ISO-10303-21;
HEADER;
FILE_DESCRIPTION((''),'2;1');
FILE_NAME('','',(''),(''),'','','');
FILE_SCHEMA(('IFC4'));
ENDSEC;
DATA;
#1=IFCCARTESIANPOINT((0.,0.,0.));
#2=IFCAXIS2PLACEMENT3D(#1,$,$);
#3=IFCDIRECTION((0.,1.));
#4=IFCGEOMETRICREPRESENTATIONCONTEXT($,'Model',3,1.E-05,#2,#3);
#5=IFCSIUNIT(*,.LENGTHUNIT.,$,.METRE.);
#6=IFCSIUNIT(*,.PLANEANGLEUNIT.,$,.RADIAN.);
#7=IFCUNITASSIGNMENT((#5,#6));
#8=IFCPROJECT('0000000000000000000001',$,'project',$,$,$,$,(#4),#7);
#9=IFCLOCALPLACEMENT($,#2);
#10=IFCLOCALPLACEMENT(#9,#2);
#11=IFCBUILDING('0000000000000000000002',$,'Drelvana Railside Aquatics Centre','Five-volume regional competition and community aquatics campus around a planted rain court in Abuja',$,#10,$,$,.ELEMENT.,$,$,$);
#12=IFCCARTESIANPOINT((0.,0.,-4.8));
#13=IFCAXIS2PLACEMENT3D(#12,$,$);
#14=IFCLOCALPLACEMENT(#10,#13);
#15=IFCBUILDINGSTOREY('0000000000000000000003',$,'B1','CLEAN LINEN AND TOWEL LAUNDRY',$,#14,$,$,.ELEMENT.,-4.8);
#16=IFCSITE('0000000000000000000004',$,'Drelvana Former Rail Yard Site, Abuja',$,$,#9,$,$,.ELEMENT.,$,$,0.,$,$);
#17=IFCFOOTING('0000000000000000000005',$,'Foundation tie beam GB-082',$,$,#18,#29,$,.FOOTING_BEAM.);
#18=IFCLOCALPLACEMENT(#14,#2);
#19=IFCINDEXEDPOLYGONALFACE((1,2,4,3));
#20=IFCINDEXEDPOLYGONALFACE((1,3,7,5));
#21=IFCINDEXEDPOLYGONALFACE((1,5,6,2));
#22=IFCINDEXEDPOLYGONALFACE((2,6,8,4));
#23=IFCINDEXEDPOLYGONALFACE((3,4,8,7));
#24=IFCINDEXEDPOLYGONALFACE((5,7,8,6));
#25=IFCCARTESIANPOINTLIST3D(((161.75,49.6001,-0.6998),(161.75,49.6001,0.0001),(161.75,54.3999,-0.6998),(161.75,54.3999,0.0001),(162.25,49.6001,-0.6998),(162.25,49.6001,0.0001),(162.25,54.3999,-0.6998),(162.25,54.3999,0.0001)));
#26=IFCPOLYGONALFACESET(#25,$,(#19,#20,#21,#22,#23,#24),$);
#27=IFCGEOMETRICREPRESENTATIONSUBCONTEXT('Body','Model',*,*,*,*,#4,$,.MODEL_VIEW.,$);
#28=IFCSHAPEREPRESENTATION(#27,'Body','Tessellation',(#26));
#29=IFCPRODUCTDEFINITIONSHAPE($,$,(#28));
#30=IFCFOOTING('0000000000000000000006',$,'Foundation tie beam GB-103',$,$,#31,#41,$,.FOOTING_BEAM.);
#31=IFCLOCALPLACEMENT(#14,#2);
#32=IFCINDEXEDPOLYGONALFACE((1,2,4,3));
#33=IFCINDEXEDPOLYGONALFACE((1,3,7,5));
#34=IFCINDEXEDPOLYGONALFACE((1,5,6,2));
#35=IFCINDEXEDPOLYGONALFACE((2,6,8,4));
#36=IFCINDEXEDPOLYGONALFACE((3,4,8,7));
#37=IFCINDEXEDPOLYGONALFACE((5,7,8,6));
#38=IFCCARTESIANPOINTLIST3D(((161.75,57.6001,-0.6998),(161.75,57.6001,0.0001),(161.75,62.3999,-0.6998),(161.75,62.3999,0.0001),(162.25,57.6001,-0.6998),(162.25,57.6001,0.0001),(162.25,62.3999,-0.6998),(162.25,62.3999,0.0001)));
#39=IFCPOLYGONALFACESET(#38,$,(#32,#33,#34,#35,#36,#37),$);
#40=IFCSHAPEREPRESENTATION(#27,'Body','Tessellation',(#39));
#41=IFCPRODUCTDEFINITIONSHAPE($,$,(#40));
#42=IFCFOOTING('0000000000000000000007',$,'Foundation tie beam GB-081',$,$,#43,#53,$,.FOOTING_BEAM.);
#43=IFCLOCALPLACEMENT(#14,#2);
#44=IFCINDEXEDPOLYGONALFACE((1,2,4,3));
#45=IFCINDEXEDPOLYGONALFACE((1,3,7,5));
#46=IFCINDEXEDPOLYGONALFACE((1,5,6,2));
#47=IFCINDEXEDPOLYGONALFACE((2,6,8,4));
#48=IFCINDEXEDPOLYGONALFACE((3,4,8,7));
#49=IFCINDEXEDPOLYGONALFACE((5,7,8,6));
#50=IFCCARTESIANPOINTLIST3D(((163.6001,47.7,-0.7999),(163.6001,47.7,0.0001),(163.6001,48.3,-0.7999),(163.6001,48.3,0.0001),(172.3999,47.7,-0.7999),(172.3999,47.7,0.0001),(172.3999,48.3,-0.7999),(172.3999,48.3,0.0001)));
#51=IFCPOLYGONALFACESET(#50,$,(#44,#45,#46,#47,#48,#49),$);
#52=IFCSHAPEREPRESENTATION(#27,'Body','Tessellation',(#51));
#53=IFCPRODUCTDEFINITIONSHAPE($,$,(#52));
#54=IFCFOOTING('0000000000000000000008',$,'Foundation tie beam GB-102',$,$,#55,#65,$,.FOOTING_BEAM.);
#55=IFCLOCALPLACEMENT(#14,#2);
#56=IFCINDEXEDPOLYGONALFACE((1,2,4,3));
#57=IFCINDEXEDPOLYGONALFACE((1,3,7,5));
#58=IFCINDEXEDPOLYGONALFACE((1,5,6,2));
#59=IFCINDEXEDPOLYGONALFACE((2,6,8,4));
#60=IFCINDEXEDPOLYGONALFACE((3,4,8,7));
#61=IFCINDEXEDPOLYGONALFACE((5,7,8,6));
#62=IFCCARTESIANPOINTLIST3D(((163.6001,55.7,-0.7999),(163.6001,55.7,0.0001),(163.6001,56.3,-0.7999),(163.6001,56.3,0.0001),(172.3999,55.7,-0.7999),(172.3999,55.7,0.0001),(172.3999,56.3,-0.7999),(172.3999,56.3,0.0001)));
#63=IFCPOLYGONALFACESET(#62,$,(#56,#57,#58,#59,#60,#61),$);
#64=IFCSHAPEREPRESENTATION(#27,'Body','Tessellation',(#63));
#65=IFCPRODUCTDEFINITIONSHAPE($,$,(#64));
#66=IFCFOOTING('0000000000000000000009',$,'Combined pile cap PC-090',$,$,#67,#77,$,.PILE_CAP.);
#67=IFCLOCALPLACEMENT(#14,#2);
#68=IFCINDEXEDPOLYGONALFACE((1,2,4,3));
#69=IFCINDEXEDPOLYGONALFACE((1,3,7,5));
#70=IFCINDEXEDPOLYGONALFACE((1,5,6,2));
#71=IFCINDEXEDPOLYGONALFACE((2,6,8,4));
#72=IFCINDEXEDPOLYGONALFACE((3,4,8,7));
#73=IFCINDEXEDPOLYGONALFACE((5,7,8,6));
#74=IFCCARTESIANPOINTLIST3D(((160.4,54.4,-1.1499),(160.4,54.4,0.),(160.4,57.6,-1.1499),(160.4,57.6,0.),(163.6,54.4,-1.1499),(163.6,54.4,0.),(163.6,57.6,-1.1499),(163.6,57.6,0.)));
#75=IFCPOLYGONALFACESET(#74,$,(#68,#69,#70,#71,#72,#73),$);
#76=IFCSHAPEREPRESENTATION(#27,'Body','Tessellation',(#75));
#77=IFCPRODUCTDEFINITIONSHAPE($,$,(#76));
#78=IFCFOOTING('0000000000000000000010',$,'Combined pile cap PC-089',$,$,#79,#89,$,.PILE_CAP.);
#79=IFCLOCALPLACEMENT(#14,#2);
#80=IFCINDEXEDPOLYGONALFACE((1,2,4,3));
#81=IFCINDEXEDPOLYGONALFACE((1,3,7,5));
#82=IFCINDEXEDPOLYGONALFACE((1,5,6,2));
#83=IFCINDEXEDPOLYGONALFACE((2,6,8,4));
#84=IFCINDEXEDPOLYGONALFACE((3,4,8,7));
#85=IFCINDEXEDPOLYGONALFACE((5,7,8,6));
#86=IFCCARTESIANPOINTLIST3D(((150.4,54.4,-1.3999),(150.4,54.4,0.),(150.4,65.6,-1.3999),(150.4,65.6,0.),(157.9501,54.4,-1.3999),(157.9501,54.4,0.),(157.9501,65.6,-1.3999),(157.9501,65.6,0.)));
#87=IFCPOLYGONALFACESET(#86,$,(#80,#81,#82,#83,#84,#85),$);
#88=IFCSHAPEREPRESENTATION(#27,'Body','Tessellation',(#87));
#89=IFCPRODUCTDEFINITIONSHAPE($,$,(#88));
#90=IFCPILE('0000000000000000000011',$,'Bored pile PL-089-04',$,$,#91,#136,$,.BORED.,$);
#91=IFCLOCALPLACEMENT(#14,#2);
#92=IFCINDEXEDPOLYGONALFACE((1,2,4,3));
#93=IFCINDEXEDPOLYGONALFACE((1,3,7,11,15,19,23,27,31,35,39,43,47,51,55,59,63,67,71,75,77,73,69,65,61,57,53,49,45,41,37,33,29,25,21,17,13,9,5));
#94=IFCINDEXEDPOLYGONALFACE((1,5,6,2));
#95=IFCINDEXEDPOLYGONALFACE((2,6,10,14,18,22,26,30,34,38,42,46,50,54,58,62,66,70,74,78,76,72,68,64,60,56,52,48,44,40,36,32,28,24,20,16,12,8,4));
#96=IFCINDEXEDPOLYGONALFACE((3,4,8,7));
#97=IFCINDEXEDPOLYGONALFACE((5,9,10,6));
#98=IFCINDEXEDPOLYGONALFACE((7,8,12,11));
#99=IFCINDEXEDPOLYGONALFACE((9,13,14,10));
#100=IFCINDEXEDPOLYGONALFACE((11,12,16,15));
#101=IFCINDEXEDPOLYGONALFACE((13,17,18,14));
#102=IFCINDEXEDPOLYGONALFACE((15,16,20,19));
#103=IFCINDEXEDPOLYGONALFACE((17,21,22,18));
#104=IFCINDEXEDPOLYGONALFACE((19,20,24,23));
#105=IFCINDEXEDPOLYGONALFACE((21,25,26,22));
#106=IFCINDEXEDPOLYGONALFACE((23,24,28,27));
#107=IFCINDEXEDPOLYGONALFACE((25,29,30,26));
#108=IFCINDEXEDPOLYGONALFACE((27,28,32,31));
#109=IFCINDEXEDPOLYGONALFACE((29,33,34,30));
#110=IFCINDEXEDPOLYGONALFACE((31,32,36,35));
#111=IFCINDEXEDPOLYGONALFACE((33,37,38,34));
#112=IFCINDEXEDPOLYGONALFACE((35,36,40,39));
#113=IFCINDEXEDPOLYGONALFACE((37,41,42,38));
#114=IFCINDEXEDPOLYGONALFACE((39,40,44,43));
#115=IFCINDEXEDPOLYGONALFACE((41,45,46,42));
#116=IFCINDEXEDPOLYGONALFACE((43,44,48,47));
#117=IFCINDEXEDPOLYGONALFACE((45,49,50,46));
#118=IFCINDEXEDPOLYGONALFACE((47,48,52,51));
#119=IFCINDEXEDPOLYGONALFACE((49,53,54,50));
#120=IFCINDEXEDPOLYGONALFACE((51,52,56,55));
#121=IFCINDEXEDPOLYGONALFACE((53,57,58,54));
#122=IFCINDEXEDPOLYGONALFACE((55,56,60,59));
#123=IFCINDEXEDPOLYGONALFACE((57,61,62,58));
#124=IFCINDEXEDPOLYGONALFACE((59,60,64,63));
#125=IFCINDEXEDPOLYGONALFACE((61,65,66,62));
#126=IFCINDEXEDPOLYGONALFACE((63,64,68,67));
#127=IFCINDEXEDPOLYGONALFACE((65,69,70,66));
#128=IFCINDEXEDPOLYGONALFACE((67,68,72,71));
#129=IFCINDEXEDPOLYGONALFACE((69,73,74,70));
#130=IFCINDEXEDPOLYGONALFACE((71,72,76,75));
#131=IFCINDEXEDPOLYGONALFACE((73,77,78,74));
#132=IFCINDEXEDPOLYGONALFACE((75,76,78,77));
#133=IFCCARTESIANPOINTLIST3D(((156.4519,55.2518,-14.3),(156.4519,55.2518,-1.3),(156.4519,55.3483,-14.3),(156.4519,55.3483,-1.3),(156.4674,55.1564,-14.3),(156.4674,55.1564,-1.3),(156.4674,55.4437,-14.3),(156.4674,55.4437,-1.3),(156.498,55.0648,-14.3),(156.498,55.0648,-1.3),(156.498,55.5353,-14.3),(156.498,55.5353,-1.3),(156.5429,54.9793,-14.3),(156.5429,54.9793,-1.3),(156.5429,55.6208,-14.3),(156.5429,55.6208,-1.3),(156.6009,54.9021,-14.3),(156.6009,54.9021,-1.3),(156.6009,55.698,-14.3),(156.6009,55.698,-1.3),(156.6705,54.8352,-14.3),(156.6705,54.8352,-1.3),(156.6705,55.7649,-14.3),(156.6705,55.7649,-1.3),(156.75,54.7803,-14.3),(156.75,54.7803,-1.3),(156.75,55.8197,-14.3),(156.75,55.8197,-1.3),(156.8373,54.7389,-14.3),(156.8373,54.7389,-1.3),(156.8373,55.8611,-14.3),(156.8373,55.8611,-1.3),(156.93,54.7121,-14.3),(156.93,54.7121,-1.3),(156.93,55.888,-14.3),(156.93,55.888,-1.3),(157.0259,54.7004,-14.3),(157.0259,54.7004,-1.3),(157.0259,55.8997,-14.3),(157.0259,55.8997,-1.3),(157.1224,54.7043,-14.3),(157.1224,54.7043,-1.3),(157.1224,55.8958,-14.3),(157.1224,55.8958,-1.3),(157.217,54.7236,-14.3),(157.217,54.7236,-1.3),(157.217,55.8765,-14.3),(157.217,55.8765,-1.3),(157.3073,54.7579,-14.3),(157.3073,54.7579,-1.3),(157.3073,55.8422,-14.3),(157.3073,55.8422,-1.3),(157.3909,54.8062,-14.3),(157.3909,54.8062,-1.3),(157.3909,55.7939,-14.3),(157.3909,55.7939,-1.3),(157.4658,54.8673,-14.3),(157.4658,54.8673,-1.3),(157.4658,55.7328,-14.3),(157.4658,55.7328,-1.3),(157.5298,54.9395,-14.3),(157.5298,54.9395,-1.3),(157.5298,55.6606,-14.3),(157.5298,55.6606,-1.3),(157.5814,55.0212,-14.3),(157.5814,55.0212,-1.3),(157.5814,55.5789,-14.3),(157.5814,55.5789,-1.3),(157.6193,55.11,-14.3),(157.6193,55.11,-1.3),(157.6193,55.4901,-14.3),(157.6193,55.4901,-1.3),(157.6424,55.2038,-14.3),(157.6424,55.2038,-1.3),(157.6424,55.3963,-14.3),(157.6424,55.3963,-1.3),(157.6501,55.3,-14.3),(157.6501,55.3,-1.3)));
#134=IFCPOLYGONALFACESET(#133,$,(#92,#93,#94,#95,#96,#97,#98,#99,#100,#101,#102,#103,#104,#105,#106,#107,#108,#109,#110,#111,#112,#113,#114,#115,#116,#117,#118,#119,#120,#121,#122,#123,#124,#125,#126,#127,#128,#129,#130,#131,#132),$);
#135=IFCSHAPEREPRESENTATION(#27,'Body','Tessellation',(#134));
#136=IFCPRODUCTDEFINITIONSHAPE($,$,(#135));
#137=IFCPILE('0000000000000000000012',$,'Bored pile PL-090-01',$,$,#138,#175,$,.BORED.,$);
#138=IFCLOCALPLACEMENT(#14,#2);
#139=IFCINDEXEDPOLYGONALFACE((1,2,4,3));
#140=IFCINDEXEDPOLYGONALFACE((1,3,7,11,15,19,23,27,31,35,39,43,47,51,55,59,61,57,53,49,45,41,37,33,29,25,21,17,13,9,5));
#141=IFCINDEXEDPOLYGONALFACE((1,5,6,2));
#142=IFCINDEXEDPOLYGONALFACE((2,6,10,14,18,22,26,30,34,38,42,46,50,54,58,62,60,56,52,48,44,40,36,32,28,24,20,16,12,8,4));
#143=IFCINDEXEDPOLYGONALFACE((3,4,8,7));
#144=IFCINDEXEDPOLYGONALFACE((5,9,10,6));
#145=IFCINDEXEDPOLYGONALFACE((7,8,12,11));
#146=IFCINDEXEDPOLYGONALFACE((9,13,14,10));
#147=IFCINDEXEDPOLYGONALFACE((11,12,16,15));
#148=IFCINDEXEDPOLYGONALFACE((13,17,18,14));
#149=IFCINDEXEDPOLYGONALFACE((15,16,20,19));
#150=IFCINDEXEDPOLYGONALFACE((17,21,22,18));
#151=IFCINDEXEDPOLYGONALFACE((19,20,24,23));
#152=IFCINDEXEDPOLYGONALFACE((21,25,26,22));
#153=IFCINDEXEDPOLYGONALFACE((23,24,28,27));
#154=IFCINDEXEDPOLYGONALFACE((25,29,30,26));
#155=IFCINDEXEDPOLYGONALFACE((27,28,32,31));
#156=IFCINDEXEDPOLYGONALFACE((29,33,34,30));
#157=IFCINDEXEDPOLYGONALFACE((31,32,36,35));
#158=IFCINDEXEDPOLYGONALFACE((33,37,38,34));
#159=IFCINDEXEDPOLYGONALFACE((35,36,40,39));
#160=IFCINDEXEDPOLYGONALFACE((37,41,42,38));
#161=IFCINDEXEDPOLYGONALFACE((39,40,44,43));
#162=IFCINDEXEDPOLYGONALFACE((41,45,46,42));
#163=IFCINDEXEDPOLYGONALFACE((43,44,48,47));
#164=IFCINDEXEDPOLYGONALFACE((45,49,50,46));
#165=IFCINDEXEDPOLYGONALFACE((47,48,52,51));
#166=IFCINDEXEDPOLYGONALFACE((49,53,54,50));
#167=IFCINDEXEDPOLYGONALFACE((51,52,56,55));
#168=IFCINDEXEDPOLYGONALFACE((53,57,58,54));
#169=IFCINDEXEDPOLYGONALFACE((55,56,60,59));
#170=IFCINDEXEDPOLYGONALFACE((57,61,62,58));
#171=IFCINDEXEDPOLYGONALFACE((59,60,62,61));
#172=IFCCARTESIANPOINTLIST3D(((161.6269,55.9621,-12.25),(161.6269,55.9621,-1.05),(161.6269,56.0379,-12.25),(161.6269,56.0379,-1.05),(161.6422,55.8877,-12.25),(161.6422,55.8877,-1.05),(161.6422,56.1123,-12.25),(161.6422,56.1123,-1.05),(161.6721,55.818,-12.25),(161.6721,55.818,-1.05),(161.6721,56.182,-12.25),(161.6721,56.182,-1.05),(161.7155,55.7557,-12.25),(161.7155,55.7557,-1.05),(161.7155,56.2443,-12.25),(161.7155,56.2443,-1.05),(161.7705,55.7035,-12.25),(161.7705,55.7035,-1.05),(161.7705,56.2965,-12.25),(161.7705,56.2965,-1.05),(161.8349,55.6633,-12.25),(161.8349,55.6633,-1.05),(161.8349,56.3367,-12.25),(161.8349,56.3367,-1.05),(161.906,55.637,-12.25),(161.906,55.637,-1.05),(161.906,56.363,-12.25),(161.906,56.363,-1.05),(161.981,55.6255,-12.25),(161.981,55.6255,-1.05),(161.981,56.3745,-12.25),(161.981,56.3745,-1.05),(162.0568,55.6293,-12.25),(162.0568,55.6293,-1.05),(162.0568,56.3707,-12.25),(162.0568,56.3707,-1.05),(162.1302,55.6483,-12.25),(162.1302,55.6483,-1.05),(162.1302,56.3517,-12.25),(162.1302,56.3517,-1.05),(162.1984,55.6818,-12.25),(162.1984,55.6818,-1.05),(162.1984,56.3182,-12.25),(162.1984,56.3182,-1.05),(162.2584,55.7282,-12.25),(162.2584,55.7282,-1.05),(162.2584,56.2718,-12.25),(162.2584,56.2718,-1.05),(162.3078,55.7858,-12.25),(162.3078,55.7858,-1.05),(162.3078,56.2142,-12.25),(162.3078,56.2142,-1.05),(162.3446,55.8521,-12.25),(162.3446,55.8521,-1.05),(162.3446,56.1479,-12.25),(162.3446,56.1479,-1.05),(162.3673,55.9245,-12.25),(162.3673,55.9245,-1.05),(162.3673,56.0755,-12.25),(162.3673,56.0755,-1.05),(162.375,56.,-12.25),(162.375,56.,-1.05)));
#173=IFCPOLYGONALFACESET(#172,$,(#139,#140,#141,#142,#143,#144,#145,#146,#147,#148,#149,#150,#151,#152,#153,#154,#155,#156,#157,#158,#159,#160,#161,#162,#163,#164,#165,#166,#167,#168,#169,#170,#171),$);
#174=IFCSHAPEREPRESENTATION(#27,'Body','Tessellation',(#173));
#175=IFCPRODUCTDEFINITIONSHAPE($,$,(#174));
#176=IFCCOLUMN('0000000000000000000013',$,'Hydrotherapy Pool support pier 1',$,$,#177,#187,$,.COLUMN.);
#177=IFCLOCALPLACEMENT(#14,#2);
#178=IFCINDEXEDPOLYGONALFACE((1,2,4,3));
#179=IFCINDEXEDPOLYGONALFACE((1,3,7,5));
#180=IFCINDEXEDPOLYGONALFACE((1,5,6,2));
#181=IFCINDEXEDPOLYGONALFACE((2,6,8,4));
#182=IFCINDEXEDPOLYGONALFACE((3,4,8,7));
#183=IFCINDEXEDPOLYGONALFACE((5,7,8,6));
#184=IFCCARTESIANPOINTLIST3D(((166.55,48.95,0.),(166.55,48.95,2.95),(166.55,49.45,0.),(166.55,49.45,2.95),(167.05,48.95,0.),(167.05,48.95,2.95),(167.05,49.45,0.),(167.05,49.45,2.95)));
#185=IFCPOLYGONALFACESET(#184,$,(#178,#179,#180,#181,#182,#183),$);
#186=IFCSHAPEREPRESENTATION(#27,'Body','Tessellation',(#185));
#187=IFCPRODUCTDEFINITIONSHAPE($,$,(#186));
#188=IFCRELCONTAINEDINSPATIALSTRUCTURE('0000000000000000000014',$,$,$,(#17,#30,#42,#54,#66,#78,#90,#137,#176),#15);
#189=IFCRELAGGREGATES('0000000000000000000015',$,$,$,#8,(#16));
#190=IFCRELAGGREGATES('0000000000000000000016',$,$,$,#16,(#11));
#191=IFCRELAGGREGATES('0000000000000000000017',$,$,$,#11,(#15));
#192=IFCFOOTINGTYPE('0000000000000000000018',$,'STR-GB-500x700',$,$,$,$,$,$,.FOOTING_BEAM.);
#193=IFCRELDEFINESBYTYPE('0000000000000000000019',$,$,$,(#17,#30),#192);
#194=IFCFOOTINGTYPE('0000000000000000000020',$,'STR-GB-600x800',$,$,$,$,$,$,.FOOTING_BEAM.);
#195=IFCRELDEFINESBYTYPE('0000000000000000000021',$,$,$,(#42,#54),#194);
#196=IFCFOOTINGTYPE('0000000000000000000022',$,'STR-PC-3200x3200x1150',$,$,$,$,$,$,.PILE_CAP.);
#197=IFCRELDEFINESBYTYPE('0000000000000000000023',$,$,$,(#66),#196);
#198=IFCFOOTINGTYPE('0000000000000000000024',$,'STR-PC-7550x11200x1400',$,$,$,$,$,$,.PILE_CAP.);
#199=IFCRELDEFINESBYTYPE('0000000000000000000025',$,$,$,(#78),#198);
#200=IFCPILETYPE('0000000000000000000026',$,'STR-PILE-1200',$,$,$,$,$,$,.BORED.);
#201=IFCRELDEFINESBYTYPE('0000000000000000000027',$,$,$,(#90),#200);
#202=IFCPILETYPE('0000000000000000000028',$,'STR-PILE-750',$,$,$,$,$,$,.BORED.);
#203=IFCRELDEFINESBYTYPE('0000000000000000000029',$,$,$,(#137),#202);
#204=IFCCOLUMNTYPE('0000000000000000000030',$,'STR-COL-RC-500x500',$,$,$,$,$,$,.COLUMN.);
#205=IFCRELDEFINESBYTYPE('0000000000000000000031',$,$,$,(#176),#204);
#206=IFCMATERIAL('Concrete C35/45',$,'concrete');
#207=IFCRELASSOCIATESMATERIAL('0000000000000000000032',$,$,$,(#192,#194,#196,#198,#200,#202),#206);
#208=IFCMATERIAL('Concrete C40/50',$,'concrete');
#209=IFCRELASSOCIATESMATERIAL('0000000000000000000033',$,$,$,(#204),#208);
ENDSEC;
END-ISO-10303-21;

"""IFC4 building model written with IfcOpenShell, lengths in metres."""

from ifc_helpers import new_model, si_unit, direction, frame, origin, origin_2d, place, context, subcontext, project, spatial, rectangle, circle, extrude, material, material_profile, profile_set, type_object, element, save


model = new_model("IFC4")

# Units and contexts
model_context = context("Model", 3, precision=1e-05, world=origin(), true_north=direction((0.0, 1.0)))
body_context = subcontext(model_context, "Body", "Model", "MODEL_VIEW")
ifc_project = project(units=[si_unit("LENGTHUNIT", "METRE"), si_unit("PLANEANGLEUNIT", "RADIAN")], contexts=[model_context])

# Site, building, storey
site_placement = place(None, origin())
site = spatial("IfcSite", under=ifc_project, at=site_placement, Name="Drelvana Former Rail Yard Site, Abuja", CompositionType="ELEMENT", RefElevation=0.0)
building_placement = place(site_placement, origin())
building = spatial("IfcBuilding", under=site, at=building_placement, Name="Drelvana Railside Aquatics Centre", Description="Five-volume regional competition and community aquatics campus around a planted rain court in Abuja", CompositionType="ELEMENT")
storey_placement = place(building_placement, frame((0.0, 0.0, -4.8)))
storey = spatial("IfcBuildingStorey", under=building, at=storey_placement, Name="B1", Description="CLEAN LINEN AND TOWEL LAUNDRY", CompositionType="ELEMENT", Elevation=-4.8)

# Footings
ifc_material_1 = material(Name="Concrete C35/45", Category="concrete")
ifc_material_profile_1 = material_profile(ifc_material_1, rectangle(XDim=0.5, YDim=0.7, at=origin_2d()), Name="GB 500x700")
ifc_profile_set_1 = profile_set([ifc_material_profile_1], Name="Concrete C35/45")
footing_type_1 = type_object("IfcFootingType", Name="STR-GB-500x700", PredefinedType="FOOTING_BEAM", material=ifc_profile_set_1)
for number, where, z_axis, x_axis, name in (
    (1, (162.0, 49.6001, -0.3499), (0.0, 1.0, 0.0), (-1.0, 0.0, 0.0), "Foundation tie beam GB-082"),
    (2, (162.0, 57.6001, -0.3499), (0.0, 1.0, 0.0), (-1.0, 0.0, 0.0), "Foundation tie beam GB-103"),
):
    element("IfcFooting", number, at=place(storey_placement, frame(where, z_axis=z_axis, x_axis=x_axis)), inside=storey, type_object=footing_type_1, Name=name, PredefinedType="FOOTING_BEAM", context=body_context, shape_type="SweptSolid", body=[
        extrude(rectangle(XDim=0.5, YDim=0.7, at=origin_2d()), origin(), (0.0, 0.0, 1.0), 4.7998),
    ])
ifc_material_profile_2 = material_profile(ifc_material_1, rectangle(XDim=0.6001, YDim=0.8, at=origin_2d()), Name="GB 600x800")
ifc_profile_set_2 = profile_set([ifc_material_profile_2], Name="Concrete C35/45")
footing_type_2 = type_object("IfcFootingType", Name="STR-GB-600x800", PredefinedType="FOOTING_BEAM", material=ifc_profile_set_2)
for number, where, z_axis, x_axis, name in (
    (3, (163.6001, 48.0, -0.3999), (1.0, 0.0, 0.0), (0.0, 1.0, 0.0), "Foundation tie beam GB-081"),
    (4, (163.6001, 56.0, -0.3999), (1.0, 0.0, 0.0), (0.0, 1.0, 0.0), "Foundation tie beam GB-102"),
):
    element("IfcFooting", number, at=place(storey_placement, frame(where, z_axis=z_axis, x_axis=x_axis)), inside=storey, type_object=footing_type_2, Name=name, PredefinedType="FOOTING_BEAM", context=body_context, shape_type="SweptSolid", body=[
        extrude(rectangle(XDim=0.6001, YDim=0.8, at=origin_2d()), origin(), (0.0, 0.0, 1.0), 8.7998),
    ])
footing_type_3 = type_object("IfcFootingType", Name="STR-PC-3200x3200x1150", PredefinedType="PILE_CAP", material=ifc_material_1)
footing_1_placement = place(storey_placement, frame((162.0, 56.0, -1.1499), z_axis=(0.0, 0.0, 1.0), x_axis=(1.0, 0.0, 0.0)))
element("IfcFooting", 5, at=footing_1_placement, inside=storey, type_object=footing_type_3, Name="Combined pile cap PC-090", PredefinedType="PILE_CAP", context=body_context, shape_type="SweptSolid", body=[
    extrude(rectangle(XDim=3.2, YDim=3.2, at=origin_2d()), origin(), (0.0, 0.0, 1.0), 1.1499),
])
footing_type_4 = type_object("IfcFootingType", Name="STR-PC-7550x11200x1400", PredefinedType="PILE_CAP", material=ifc_material_1)
footing_2_placement = place(storey_placement, frame((154.175, 60.0, -1.3999), z_axis=(0.0, 0.0, 1.0), x_axis=(1.0, 0.0, 0.0)))
element("IfcFooting", 6, at=footing_2_placement, inside=storey, type_object=footing_type_4, Name="Combined pile cap PC-089", PredefinedType="PILE_CAP", context=body_context, shape_type="SweptSolid", body=[
    extrude(rectangle(XDim=7.55, YDim=11.2, at=origin_2d()), origin(), (0.0, 0.0, 1.0), 1.3999),
])

# Piles
ifc_material_profile_3 = material_profile(ifc_material_1, circle(Radius=0.6001, at=origin_2d()), Name="PILE D1200")
ifc_profile_set_3 = profile_set([ifc_material_profile_3], Name="Concrete C35/45")
pile_type_1 = type_object("IfcPileType", Name="STR-PILE-1200", PredefinedType="BORED", material=ifc_profile_set_3)
pile_1_placement = place(storey_placement, frame((157.05, 55.3, -1.3), z_axis=(0.0, 0.0, -1.0), x_axis=(1.0, 0.0, 0.0)))
element("IfcPile", 7, at=pile_1_placement, inside=storey, type_object=pile_type_1, Name="Bored pile PL-089-04", PredefinedType="BORED", context=body_context, shape_type="SweptSolid", body=[
    extrude(circle(Radius=0.6001, at=origin_2d()), origin(), (0.0, 0.0, 1.0), 13.0),
])
ifc_material_profile_4 = material_profile(ifc_material_1, circle(Radius=0.375, at=origin_2d()), Name="PILE D750")
ifc_profile_set_4 = profile_set([ifc_material_profile_4], Name="Concrete C35/45")
pile_type_2 = type_object("IfcPileType", Name="STR-PILE-750", PredefinedType="BORED", material=ifc_profile_set_4)
pile_2_placement = place(storey_placement, frame((162.0, 56.0, -1.05), z_axis=(0.0, 0.0, -1.0), x_axis=(1.0, 0.0, 0.0)))
element("IfcPile", 8, at=pile_2_placement, inside=storey, type_object=pile_type_2, Name="Bored pile PL-090-01", PredefinedType="BORED", context=body_context, shape_type="SweptSolid", body=[
    extrude(circle(Radius=0.375, at=origin_2d()), origin(), (0.0, 0.0, 1.0), 11.2),
])

# Column
ifc_material_2 = material(Name="Concrete C40/50", Category="concrete")
ifc_material_profile_5 = material_profile(ifc_material_2, rectangle(XDim=0.5, YDim=0.5, at=origin_2d()), Name="RC 500x500")
ifc_profile_set_5 = profile_set([ifc_material_profile_5], Name="Concrete C40/50")
column_type_1 = type_object("IfcColumnType", Name="STR-COL-RC-500x500", PredefinedType="COLUMN", material=ifc_profile_set_5)
column_placement = place(storey_placement, frame((166.8, 49.2, 0.0), z_axis=(0.0, 0.0, 1.0), x_axis=(1.0, 0.0, 0.0)))
element("IfcColumn", 9, at=column_placement, inside=storey, type_object=column_type_1, Name="Hydrotherapy Pool support pier 1", PredefinedType="COLUMN", context=body_context, shape_type="SweptSolid", body=[
    extrude(rectangle(XDim=0.5, YDim=0.5, at=origin_2d()), origin(), (0.0, 0.0, 1.0), 2.95),
])

save(model, "model.ifc")
